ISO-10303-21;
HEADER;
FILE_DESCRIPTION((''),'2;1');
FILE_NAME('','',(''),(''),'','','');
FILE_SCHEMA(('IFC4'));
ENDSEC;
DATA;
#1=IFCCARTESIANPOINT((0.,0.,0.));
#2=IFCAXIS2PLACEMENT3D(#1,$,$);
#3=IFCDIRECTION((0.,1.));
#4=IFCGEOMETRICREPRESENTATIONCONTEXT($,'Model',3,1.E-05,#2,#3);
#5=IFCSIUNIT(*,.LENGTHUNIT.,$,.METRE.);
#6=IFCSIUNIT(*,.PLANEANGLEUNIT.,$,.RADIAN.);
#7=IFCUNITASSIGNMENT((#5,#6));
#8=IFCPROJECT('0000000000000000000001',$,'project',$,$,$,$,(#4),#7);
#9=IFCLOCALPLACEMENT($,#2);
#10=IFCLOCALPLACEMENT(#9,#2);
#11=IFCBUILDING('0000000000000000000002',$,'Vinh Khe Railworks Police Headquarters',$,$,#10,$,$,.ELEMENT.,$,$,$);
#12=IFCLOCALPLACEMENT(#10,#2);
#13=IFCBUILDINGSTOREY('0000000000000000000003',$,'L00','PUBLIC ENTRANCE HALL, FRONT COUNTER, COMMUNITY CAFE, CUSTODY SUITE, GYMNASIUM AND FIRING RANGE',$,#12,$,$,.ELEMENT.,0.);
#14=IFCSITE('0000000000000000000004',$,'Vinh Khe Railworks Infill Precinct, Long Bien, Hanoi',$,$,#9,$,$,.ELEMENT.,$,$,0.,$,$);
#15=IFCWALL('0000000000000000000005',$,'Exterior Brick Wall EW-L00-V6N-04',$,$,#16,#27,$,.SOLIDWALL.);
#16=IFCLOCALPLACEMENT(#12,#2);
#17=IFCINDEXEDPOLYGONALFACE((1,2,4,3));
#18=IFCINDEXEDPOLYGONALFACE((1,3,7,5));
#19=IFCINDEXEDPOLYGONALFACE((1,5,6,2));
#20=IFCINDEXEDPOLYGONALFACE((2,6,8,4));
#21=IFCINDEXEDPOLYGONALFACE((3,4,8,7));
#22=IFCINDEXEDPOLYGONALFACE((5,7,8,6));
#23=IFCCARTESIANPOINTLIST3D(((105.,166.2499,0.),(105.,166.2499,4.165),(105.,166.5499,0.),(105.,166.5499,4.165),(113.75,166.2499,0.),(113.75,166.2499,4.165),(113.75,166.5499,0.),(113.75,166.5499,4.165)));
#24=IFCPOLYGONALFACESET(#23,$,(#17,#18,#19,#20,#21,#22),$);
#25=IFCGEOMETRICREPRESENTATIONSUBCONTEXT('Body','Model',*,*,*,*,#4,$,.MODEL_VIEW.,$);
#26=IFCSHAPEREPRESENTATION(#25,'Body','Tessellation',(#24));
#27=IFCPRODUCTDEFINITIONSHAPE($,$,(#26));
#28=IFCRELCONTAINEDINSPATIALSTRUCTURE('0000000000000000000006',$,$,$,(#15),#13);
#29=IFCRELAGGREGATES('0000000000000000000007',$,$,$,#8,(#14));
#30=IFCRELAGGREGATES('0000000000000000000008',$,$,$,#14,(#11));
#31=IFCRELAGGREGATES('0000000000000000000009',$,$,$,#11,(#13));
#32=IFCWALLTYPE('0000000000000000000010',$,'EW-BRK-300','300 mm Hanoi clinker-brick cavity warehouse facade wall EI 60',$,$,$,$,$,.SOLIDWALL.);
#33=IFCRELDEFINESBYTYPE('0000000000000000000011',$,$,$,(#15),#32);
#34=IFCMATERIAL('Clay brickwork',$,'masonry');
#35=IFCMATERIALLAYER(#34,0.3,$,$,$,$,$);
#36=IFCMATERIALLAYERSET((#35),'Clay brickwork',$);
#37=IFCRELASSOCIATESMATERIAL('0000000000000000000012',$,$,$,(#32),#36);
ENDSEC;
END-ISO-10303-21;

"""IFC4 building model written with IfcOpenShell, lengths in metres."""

from ifc_helpers import new_model, si_unit, direction, frame, frame_2d, origin, place, context, subcontext, project, spatial, rectangle, extrude, material, layer, layer_set, type_object, element, save


model = new_model("IFC4")

# Units and contexts
model_context = context("Model", 3, precision=1e-05, world=origin(), true_north=direction((0.0, 1.0)))
body_context = subcontext(model_context, "Body", "Model", "MODEL_VIEW")
ifc_project = project(units=[si_unit("LENGTHUNIT", "METRE"), si_unit("PLANEANGLEUNIT", "RADIAN")], contexts=[model_context])

# Site, building, storey
site_placement = place(None, origin())
site = spatial("IfcSite", under=ifc_project, at=site_placement, Name="Vinh Khe Railworks Infill Precinct, Long Bien, Hanoi", CompositionType="ELEMENT", RefElevation=0.0)
building_placement = place(site_placement, origin())
building = spatial("IfcBuilding", under=site, at=building_placement, Name="Vinh Khe Railworks Police Headquarters", CompositionType="ELEMENT")
storey_placement = place(building_placement, origin())
storey = spatial("IfcBuildingStorey", under=building, at=storey_placement, Name="L00", Description="PUBLIC ENTRANCE HALL, FRONT COUNTER, COMMUNITY CAFE, CUSTODY SUITE, GYMNASIUM AND FIRING RANGE", CompositionType="ELEMENT", Elevation=0.0)

# Wall
ifc_material_1 = material(Name="Clay brickwork", Category="masonry")
ifc_layer = layer(ifc_material_1, 0.3)
ifc_layer_set = layer_set([ifc_layer], Name="Clay brickwork")
wall_type = type_object("IfcWallType", Name="EW-BRK-300", Description="300 mm Hanoi clinker-brick cavity warehouse facade wall EI 60", PredefinedType="SOLIDWALL", material=ifc_layer_set)
wall_1_placement = place(storey_placement, frame((105.0, 166.3999, 0.0), z_axis=(0.0, 0.0, 1.0), x_axis=(1.0, 0.0, 0.0)))
element("IfcWall", 1, at=wall_1_placement, inside=storey, type_object=wall_type, Name="Exterior Brick Wall EW-L00-V6N-04", PredefinedType="SOLIDWALL", context=body_context, shape_type="SweptSolid", body=[
    extrude(rectangle(XDim=8.75, YDim=0.3, at=frame_2d((4.375, 0.0))), origin(), (0.0, 0.0, 1.0), 4.165),
])

save(model, "model.ifc")
